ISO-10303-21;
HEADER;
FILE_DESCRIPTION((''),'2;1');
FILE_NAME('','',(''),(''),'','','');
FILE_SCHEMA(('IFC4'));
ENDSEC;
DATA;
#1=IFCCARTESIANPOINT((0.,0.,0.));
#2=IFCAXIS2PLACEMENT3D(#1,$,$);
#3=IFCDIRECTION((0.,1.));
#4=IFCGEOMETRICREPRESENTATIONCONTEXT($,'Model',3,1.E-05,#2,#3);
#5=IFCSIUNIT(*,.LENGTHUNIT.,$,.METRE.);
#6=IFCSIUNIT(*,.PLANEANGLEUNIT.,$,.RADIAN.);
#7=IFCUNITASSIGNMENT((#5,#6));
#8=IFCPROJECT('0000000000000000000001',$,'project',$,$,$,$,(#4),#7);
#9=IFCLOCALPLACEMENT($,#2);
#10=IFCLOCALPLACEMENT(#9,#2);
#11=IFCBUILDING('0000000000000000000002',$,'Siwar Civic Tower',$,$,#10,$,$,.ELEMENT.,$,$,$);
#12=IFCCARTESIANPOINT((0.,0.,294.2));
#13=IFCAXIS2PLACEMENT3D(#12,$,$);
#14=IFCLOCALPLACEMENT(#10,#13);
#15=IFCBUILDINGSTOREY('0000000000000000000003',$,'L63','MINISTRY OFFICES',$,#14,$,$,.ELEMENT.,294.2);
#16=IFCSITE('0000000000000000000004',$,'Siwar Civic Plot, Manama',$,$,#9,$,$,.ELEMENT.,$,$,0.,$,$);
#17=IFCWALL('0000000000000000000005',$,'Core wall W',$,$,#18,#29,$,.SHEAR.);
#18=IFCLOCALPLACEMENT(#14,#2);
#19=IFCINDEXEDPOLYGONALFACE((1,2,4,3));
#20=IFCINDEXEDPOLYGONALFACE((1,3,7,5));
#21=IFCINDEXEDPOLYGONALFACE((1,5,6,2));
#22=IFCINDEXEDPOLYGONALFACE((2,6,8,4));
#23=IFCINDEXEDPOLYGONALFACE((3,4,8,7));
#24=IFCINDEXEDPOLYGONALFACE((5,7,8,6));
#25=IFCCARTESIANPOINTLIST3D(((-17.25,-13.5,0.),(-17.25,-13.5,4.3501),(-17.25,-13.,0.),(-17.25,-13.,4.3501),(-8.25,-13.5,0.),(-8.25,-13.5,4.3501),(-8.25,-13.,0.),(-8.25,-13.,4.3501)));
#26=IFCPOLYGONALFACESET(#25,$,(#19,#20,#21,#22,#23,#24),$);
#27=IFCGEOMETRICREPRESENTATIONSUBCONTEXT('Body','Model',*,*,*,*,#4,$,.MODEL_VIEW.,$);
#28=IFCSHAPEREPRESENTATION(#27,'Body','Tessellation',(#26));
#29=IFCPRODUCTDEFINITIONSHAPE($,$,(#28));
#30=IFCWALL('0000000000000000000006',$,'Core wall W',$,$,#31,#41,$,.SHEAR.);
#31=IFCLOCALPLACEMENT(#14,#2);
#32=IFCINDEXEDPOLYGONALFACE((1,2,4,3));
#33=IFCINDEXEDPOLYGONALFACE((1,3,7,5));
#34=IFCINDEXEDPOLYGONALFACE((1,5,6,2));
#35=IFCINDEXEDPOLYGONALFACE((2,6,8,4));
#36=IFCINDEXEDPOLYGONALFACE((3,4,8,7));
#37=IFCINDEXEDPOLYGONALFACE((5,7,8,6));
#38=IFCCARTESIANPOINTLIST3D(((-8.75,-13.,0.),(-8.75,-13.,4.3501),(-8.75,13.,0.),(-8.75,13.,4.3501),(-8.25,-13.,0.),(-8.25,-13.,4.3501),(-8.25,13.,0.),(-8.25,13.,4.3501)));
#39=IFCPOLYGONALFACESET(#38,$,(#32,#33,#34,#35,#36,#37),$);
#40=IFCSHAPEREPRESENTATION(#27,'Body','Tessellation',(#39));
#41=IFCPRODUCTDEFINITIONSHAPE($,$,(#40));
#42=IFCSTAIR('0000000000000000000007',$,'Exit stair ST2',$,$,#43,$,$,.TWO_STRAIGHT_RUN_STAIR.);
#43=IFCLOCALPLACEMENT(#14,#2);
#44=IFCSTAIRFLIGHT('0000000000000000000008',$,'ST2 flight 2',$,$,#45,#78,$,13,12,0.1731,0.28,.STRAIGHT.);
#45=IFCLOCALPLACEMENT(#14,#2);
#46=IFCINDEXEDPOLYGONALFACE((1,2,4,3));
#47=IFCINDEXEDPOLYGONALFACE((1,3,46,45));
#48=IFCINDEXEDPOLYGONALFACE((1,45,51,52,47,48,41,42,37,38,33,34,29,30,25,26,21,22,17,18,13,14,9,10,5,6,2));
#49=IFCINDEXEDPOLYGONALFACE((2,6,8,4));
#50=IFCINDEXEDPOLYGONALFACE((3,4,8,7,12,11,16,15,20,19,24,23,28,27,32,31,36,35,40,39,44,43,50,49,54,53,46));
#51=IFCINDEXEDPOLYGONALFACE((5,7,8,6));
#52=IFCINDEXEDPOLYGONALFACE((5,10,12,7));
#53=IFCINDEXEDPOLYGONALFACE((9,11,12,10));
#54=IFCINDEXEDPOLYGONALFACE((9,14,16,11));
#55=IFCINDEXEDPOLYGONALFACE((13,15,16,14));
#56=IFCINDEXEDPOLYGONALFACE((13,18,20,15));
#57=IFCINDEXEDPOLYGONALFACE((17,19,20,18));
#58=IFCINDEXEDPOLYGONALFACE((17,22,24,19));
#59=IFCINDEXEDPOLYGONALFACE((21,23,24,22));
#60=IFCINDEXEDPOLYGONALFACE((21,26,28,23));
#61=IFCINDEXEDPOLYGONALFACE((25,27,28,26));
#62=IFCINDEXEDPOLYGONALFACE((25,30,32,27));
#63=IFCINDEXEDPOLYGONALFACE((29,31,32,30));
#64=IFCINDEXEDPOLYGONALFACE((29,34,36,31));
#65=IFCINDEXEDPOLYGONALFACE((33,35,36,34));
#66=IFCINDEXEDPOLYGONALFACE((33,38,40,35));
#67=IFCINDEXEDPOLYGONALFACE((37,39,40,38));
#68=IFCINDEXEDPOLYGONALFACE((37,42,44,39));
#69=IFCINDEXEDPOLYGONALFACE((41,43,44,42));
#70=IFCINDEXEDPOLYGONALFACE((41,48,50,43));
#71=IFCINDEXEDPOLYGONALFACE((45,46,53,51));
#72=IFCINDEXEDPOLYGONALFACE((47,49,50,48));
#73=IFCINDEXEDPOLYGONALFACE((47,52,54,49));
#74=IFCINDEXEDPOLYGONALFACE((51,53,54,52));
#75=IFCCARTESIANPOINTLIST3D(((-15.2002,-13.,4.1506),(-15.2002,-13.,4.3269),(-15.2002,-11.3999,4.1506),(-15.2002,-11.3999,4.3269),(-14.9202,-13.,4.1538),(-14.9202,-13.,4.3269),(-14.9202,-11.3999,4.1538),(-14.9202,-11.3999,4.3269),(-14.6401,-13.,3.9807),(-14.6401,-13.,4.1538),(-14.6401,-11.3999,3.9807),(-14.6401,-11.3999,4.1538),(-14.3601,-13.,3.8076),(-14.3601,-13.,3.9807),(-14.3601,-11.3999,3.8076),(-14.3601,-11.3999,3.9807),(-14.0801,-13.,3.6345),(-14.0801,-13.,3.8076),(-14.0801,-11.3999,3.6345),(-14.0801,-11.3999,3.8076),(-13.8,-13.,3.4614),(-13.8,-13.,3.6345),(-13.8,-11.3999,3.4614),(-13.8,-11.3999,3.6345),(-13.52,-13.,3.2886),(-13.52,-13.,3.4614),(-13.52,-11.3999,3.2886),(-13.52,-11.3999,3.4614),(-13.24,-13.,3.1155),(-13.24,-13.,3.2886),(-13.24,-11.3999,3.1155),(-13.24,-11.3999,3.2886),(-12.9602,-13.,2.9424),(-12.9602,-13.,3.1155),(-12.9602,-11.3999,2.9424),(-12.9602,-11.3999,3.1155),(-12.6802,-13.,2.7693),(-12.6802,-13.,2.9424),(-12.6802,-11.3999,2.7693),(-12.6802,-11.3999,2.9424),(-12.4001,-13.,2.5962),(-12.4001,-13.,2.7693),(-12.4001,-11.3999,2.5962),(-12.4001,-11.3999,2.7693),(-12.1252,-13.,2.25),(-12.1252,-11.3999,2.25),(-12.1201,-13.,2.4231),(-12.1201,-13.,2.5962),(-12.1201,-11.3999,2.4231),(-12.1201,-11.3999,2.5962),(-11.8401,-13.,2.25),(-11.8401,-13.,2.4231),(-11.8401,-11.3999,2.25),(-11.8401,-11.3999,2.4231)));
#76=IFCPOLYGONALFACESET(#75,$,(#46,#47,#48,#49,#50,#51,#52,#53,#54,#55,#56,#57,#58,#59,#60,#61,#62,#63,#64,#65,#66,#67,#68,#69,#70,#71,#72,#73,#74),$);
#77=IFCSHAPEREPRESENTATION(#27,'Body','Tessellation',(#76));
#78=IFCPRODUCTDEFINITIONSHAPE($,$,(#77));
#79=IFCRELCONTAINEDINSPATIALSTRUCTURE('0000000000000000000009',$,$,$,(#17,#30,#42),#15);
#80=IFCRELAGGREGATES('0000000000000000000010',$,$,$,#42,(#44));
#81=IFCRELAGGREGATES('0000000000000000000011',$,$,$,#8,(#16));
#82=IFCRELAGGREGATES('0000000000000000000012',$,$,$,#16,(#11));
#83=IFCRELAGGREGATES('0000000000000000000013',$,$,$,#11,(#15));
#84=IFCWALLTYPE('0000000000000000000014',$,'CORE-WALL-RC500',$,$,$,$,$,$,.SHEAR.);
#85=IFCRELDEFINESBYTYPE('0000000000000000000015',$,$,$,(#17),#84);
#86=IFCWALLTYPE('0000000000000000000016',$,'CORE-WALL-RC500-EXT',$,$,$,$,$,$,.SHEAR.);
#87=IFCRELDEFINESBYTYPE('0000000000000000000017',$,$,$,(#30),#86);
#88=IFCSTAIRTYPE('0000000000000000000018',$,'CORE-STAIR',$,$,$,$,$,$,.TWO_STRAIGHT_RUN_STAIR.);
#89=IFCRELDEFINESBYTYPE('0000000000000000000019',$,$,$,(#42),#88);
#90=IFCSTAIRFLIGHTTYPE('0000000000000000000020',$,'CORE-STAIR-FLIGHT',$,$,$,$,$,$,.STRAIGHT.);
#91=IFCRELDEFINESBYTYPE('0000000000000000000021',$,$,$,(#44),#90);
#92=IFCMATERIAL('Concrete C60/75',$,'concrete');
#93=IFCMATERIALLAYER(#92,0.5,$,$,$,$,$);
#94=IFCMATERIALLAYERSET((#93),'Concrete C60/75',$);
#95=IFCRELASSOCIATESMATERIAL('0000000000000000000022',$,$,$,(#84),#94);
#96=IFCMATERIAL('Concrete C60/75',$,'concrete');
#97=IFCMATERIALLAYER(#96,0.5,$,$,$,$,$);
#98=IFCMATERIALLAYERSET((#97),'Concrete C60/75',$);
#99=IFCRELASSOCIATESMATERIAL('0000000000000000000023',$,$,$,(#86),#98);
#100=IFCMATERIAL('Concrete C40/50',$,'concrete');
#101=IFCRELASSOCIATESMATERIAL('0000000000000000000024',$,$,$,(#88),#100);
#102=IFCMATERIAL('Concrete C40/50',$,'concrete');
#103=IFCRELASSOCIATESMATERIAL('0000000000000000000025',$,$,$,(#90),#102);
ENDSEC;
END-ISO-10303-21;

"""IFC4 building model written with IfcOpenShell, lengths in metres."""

from ifc_helpers import new_model, si_unit, direction, frame, frame_2d, origin, place, context, subcontext, project, spatial, polyline, rectangle, outline, extrude, material, layer, layer_set, type_object, element, aggregate, save


model = new_model("IFC4")

# Units and contexts
model_context = context("Model", 3, precision=1e-05, world=origin(), true_north=direction((0.0, 1.0)))
body_context = subcontext(model_context, "Body", "Model", "MODEL_VIEW")
ifc_project = project(units=[si_unit("LENGTHUNIT", "METRE"), si_unit("PLANEANGLEUNIT", "RADIAN")], contexts=[model_context])

# Site, building, storey
site_placement = place(None, origin())
site = spatial("IfcSite", under=ifc_project, at=site_placement, Name="Siwar Civic Plot, Manama", CompositionType="ELEMENT", RefElevation=0.0)
building_placement = place(site_placement, origin())
building = spatial("IfcBuilding", under=site, at=building_placement, Name="Siwar Civic Tower", CompositionType="ELEMENT")
storey_placement = place(building_placement, frame((0.0, 0.0, 294.2)))
storey = spatial("IfcBuildingStorey", under=building, at=storey_placement, Name="L63", Description="MINISTRY OFFICES", CompositionType="ELEMENT", Elevation=294.2)

# Walls
ifc_material_1 = material(Name="Concrete C60/75", Category="concrete")
ifc_layer_1 = layer(ifc_material_1, 0.5)
ifc_layer_set_1 = layer_set([ifc_layer_1], Name="Concrete C60/75")
wall_type_1 = type_object("IfcWallType", Name="CORE-WALL-RC500", PredefinedType="SHEAR", material=ifc_layer_set_1)
wall_1_placement = place(storey_placement, frame((-8.25, -13.25, 0.0), z_axis=(0.0, 0.0, 1.0), x_axis=(-1.0, 0.0, 0.0)))
element("IfcWall", 1, at=wall_1_placement, inside=storey, type_object=wall_type_1, Name="Core wall W", PredefinedType="SHEAR", context=body_context, shape_type="SweptSolid", body=[
    extrude(rectangle(XDim=9.0, YDim=0.5, at=frame_2d((4.5, 0.0))), origin(), (0.0, 0.0, 1.0), 4.3501),
])
ifc_material_2 = material(Name="Concrete C60/75", Category="concrete")
ifc_layer_2 = layer(ifc_material_2, 0.5)
ifc_layer_set_2 = layer_set([ifc_layer_2], Name="Concrete C60/75")
wall_type_2 = type_object("IfcWallType", Name="CORE-WALL-RC500-EXT", PredefinedType="SHEAR", material=ifc_layer_set_2)
wall_2_placement = place(storey_placement, frame((-8.5, -13.0, 0.0), z_axis=(0.0, 0.0, 1.0), x_axis=(0.0, 1.0, 0.0)))
element("IfcWall", 2, at=wall_2_placement, inside=storey, type_object=wall_type_2, Name="Core wall W", PredefinedType="SHEAR", context=body_context, shape_type="SweptSolid", body=[
    extrude(rectangle(XDim=26.0, YDim=0.5, at=frame_2d((13.0, 0.0))), origin(), (0.0, 0.0, 1.0), 4.3501),
])

# Stair, stair flight
ifc_material_3 = material(Name="Concrete C40/50", Category="concrete")
stair_type = type_object("IfcStairType", Name="CORE-STAIR", PredefinedType="TWO_STRAIGHT_RUN_STAIR", material=ifc_material_3)
stair_placement = place(storey_placement, origin())
stair = element("IfcStair", 3, at=stair_placement, inside=storey, type_object=stair_type, Name="Exit stair ST2", PredefinedType="TWO_STRAIGHT_RUN_STAIR")
ifc_material_4 = material(Name="Concrete C40/50", Category="concrete")
stair_flight_type = type_object("IfcStairFlightType", Name="CORE-STAIR-FLIGHT", PredefinedType="STRAIGHT", material=ifc_material_4)
stair_flight_placement = place(storey_placement, frame((-11.8401, -12.2, 2.25), z_axis=(0.0, 0.0, 1.0), x_axis=(-1.0, 0.0, 0.0)))
stair_flight = element("IfcStairFlight", 4, at=stair_flight_placement, type_object=stair_flight_type, Name="ST2 flight 2", NumberOfRisers=13, NumberOfTreads=12, PredefinedType="STRAIGHT", RiserHeight=0.1731, TreadLength=0.28, context=body_context, shape_type="SweptSolid", body=[
    extrude(outline(polyline([(0.0, 0.0), (0.0, 0.1731), (0.28, 0.1731), (0.28, 0.3462), (0.5601, 0.3462), (0.5601, 0.5193), (0.8401, 0.5193), (0.8401, 0.6924), (1.1201, 0.6924), (1.1201, 0.8655), (1.3999, 0.8655), (1.3999, 1.0386), (1.6799, 1.0386), (1.6799, 1.2114), (1.96, 1.2114), (1.96, 1.3845), (2.24, 1.3845), (2.24, 1.5576), (2.52, 1.5576), (2.52, 1.7307), (2.8, 1.7307), (2.8, 1.9038), (3.0801, 1.9038), (3.0801, 2.0769), (3.3601, 2.0769), (3.3601, 2.25), (3.3601, 1.9006), (0.2852, 0.0), (0.0, 0.0)])), frame((0.0, 0.8, 0.0), z_axis=(0.0, -1.0, 0.0), x_axis=(1.0, 0.0, 0.0)), (0.0, 0.0, 1.0), 1.6001),
])
aggregate(stair, [stair_flight])

save(model, "model.ifc")
